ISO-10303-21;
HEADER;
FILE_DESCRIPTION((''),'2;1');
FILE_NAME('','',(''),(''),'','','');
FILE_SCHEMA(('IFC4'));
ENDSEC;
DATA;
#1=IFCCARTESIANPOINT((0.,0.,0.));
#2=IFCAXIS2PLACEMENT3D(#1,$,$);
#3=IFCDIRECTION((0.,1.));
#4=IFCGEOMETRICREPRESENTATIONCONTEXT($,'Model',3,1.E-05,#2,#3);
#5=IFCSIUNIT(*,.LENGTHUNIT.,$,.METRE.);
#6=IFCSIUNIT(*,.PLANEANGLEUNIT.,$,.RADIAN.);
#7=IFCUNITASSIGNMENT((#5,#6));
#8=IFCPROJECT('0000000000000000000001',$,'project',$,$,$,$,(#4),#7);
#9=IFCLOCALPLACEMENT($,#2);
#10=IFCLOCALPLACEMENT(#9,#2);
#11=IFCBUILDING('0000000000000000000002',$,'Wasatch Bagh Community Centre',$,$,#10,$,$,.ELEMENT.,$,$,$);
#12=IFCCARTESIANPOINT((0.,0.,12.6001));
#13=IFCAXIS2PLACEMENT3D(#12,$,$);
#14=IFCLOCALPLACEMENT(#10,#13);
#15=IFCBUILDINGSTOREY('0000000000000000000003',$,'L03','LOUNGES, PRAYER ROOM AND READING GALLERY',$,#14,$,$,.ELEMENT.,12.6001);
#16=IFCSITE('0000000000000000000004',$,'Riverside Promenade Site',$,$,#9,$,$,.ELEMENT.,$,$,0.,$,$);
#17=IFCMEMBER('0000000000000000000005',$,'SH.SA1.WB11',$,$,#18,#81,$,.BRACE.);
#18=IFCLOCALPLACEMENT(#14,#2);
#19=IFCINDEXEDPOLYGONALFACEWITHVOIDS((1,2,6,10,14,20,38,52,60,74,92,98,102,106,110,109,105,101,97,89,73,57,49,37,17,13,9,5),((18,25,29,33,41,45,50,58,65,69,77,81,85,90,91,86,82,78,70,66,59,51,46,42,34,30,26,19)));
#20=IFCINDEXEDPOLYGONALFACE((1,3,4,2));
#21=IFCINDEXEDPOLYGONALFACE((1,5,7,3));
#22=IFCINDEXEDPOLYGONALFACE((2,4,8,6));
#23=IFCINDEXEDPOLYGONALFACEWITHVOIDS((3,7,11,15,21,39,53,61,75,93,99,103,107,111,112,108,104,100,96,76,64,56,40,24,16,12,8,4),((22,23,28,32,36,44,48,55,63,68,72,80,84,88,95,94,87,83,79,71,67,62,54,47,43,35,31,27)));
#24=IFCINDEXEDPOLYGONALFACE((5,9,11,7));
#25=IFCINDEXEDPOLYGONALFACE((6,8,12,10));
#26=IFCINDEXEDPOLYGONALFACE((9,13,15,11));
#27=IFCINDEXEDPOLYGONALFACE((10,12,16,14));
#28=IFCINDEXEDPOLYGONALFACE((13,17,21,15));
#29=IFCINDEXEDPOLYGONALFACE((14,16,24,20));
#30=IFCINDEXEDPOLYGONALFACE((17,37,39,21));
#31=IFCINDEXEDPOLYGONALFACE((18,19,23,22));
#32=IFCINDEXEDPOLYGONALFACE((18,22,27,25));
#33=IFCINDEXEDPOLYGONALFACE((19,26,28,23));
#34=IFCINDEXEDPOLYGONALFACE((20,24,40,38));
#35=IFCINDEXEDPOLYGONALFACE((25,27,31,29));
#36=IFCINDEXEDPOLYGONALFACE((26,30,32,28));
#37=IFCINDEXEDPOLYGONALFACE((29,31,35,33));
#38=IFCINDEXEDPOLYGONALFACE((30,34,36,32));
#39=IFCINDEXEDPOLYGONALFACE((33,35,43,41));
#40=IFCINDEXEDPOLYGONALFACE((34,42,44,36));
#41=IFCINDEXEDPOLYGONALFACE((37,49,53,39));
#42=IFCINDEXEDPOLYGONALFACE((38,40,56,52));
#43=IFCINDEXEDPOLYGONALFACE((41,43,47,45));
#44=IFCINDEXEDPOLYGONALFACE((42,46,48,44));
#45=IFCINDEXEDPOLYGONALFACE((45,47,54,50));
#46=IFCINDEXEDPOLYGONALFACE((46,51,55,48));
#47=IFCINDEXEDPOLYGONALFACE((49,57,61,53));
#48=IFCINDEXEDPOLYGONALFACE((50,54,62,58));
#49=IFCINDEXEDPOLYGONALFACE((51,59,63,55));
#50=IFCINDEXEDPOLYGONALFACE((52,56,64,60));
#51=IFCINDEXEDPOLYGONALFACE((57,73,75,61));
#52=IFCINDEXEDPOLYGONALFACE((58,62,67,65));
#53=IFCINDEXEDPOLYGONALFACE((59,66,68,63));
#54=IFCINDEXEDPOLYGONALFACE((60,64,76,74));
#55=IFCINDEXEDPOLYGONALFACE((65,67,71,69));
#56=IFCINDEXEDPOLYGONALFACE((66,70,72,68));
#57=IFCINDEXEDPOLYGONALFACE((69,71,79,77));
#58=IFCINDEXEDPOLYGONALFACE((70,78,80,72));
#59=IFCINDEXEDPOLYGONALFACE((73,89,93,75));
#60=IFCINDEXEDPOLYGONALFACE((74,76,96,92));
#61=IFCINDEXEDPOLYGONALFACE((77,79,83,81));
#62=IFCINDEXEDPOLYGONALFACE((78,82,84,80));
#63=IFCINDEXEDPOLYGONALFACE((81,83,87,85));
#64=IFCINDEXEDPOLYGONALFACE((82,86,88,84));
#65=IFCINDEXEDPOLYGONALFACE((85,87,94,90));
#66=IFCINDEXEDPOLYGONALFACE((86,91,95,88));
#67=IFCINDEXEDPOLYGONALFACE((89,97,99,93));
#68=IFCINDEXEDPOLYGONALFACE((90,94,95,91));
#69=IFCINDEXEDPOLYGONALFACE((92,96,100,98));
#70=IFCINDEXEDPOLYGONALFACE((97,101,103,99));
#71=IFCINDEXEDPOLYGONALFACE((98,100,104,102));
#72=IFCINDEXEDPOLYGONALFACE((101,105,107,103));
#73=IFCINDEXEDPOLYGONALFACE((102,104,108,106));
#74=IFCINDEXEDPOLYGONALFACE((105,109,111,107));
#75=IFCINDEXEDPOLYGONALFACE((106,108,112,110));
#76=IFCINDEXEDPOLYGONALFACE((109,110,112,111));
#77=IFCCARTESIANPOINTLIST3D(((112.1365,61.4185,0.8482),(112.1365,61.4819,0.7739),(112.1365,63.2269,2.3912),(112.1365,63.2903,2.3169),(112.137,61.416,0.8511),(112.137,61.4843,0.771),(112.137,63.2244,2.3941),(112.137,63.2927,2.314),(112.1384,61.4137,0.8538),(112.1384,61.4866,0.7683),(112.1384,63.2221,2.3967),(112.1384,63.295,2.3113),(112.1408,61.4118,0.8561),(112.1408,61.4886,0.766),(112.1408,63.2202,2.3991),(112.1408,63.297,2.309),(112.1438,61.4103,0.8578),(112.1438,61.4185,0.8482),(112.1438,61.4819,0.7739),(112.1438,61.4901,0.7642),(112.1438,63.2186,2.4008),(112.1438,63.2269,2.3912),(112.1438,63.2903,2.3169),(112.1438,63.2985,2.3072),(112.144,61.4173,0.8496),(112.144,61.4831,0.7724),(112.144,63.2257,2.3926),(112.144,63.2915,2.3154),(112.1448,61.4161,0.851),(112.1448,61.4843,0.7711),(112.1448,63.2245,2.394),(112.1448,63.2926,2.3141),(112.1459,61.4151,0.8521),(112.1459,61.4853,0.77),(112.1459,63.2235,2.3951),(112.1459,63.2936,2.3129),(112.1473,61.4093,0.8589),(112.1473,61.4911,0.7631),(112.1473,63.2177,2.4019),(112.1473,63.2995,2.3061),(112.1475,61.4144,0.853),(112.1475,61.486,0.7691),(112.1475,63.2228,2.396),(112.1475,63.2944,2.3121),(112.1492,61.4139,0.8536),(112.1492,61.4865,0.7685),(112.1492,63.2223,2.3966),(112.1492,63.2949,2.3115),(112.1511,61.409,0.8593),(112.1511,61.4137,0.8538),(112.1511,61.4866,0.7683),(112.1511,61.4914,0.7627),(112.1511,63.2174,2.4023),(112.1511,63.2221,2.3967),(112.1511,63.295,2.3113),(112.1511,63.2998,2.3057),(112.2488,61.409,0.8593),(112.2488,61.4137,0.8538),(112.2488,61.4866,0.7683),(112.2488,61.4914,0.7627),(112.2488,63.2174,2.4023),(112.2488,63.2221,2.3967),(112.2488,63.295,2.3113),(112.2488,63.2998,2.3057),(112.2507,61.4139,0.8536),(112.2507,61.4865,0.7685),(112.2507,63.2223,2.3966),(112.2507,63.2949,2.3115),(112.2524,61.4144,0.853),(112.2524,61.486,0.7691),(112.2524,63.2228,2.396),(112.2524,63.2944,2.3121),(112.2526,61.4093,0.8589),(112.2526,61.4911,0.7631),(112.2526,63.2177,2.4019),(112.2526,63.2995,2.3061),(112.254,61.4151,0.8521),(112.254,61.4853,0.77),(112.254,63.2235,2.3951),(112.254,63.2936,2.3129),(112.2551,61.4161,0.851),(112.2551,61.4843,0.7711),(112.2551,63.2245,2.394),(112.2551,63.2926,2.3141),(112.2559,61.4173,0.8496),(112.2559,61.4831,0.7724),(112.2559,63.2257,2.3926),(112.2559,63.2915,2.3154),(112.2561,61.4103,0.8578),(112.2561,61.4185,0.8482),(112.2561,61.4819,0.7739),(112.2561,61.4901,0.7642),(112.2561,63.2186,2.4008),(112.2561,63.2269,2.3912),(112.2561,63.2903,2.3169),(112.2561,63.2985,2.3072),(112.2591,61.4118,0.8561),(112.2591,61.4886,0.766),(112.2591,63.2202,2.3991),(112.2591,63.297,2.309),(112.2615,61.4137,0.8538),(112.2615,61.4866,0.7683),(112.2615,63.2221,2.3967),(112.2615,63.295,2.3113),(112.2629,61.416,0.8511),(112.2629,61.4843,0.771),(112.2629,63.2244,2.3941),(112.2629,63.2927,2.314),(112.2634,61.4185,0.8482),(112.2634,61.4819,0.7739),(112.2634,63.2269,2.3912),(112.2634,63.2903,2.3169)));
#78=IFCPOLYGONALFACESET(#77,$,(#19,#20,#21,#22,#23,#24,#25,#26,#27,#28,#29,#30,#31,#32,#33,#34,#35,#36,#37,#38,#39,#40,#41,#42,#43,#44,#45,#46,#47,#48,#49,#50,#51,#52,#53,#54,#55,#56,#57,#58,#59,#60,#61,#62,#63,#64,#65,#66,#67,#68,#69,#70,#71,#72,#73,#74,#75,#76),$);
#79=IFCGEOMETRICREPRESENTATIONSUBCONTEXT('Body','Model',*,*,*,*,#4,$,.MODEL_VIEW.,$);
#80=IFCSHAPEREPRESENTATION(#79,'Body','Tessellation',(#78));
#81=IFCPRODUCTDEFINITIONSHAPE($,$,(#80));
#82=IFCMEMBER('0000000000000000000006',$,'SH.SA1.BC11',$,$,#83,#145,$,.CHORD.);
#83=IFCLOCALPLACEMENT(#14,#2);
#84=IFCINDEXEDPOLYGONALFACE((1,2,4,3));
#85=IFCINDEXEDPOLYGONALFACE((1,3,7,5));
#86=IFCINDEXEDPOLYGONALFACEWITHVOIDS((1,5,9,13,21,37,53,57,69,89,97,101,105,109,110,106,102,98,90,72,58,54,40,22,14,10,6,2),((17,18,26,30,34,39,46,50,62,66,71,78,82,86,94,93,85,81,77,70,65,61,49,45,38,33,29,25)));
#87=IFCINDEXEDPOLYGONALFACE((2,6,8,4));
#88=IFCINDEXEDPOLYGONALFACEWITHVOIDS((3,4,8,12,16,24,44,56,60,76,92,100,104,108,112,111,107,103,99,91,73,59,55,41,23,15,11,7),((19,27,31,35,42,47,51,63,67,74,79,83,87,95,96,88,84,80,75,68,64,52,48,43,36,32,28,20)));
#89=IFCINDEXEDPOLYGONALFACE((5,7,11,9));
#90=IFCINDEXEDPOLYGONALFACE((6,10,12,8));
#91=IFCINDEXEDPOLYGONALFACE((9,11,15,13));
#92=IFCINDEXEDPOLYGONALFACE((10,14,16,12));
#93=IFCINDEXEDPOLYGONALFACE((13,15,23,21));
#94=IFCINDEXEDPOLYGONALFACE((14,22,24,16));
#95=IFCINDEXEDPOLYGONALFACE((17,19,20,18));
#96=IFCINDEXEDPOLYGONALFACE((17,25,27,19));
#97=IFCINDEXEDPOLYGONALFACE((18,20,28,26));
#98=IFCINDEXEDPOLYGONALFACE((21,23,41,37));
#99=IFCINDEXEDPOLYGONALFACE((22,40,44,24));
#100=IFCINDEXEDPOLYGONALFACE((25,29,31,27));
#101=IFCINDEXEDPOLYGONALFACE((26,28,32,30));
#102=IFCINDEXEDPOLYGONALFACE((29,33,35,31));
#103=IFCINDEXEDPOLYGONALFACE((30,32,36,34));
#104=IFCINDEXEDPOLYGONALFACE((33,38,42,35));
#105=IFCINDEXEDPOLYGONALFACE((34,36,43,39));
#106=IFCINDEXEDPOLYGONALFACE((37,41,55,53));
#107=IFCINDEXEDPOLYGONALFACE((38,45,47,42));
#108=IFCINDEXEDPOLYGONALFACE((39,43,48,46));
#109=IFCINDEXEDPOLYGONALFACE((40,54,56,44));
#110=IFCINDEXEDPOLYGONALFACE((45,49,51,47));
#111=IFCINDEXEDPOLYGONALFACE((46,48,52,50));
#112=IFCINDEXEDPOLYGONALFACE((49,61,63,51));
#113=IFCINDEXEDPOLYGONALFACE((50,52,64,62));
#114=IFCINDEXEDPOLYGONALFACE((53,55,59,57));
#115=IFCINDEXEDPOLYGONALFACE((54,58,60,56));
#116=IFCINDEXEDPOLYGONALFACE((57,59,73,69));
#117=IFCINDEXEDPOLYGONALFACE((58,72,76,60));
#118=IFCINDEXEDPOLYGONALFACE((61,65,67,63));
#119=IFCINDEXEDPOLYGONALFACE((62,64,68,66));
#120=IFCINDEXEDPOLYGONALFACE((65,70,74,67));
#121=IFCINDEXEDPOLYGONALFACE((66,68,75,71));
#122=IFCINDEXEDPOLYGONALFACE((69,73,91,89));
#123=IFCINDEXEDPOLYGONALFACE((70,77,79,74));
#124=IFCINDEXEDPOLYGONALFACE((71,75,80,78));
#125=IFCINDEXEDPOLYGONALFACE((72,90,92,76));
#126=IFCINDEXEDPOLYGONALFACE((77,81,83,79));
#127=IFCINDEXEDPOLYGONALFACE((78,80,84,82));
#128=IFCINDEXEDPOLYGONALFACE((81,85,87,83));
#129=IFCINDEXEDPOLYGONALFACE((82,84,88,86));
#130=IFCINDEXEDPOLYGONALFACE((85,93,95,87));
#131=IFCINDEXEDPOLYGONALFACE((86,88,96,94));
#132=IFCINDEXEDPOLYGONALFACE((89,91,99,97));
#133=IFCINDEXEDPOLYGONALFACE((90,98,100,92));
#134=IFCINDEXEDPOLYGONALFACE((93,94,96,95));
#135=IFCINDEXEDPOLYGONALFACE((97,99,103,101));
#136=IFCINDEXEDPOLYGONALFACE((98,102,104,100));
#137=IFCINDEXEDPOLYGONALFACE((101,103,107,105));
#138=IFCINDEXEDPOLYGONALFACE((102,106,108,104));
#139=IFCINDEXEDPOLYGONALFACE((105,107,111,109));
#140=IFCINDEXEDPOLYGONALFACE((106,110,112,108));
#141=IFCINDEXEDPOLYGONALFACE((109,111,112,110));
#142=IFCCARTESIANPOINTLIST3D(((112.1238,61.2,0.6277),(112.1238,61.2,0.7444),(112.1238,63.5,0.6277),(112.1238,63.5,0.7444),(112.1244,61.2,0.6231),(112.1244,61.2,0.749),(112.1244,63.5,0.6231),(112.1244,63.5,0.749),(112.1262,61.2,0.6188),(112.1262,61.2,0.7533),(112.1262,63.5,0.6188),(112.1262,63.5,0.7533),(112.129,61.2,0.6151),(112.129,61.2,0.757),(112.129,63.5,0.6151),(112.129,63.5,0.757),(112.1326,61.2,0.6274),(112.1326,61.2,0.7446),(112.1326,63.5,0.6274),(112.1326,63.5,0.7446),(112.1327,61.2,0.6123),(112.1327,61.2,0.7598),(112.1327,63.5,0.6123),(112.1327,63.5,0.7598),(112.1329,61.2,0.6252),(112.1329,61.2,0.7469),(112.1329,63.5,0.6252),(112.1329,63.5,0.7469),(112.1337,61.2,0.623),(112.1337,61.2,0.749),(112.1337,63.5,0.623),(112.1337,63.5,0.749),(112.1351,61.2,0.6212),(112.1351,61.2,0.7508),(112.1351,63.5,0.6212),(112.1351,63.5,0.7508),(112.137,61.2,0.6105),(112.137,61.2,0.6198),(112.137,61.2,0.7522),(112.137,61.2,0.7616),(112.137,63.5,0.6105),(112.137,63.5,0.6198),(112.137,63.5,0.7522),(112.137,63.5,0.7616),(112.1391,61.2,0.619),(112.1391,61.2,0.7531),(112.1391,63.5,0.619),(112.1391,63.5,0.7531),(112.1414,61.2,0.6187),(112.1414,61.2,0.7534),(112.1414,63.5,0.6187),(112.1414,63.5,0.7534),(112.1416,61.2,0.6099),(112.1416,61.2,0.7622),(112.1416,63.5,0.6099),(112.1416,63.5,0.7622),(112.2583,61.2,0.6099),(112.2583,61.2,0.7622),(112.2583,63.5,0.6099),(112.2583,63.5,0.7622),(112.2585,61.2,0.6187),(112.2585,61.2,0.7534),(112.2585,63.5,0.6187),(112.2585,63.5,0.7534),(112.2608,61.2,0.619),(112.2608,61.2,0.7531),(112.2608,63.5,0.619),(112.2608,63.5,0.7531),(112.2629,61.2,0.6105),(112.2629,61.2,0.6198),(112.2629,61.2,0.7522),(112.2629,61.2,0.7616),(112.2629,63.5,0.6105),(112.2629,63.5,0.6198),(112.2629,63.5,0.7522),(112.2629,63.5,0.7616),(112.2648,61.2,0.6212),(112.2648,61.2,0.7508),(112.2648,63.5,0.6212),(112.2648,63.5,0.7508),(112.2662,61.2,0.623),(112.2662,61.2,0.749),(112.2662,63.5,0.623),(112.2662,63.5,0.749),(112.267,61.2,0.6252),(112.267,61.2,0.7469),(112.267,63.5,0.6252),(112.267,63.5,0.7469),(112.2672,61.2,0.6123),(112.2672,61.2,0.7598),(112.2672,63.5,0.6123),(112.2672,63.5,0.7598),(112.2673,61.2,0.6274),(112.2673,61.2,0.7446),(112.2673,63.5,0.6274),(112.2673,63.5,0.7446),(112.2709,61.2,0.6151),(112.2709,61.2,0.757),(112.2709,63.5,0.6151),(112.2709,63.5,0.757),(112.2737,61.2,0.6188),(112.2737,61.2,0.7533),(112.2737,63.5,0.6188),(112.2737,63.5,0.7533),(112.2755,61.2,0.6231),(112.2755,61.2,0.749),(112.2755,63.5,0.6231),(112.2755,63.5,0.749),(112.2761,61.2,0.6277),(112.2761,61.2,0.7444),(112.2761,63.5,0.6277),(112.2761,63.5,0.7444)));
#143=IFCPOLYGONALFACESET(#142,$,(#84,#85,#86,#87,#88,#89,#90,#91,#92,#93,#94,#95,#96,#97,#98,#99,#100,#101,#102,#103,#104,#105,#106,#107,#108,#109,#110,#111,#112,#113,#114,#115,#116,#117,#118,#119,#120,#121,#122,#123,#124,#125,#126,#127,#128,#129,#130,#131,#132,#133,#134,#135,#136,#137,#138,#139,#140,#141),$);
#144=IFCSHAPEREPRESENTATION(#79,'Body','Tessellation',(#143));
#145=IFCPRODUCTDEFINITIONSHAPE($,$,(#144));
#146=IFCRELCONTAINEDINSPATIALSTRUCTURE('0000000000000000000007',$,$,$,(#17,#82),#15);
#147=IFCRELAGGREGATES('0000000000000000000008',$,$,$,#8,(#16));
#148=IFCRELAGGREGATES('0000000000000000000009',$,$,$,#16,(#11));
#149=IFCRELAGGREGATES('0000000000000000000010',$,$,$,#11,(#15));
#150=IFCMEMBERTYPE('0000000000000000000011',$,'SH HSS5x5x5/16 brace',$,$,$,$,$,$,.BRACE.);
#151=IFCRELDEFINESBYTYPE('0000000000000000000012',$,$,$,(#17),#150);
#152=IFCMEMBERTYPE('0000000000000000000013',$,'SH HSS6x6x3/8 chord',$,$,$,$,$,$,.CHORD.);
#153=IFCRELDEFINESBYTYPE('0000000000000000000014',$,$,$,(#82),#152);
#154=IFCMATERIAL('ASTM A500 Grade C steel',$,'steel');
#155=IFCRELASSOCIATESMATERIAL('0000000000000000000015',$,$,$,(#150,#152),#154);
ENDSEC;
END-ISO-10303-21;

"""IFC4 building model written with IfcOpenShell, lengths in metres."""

from ifc_helpers import new_model, si_unit, direction, frame, origin, origin_2d, place, context, subcontext, project, spatial, hollow_rectangle, extrude, material, material_profile, profile_set, type_object, element, save


model = new_model("IFC4")

# Units and contexts
model_context = context("Model", 3, precision=1e-05, world=origin(), true_north=direction((0.0, 1.0)))
body_context = subcontext(model_context, "Body", "Model", "MODEL_VIEW")
ifc_project = project(units=[si_unit("LENGTHUNIT", "METRE"), si_unit("PLANEANGLEUNIT", "RADIAN")], contexts=[model_context])

# Site, building, storey
site_placement = place(None, origin())
site = spatial("IfcSite", under=ifc_project, at=site_placement, Name="Riverside Promenade Site", CompositionType="ELEMENT", RefElevation=0.0)
building_placement = place(site_placement, origin())
building = spatial("IfcBuilding", under=site, at=building_placement, Name="Wasatch Bagh Community Centre", CompositionType="ELEMENT")
storey_placement = place(building_placement, frame((0.0, 0.0, 12.6001)))
storey = spatial("IfcBuildingStorey", under=building, at=storey_placement, Name="L03", Description="LOUNGES, PRAYER ROOM AND READING GALLERY", CompositionType="ELEMENT", Elevation=12.6001)

# Members
ifc_material_1 = material(Name="ASTM A500 Grade C steel", Category="steel")
ifc_material_profile_1 = material_profile(ifc_material_1, hollow_rectangle(XDim=0.127, YDim=0.127, WallThickness=0.0073, InnerFilletRadius=0.0073, OuterFilletRadius=0.0146, at=origin_2d()), Name="HSS5x5x5/16")
ifc_profile_set_1 = profile_set([ifc_material_profile_1], Name="ASTM A500 Grade C steel")
member_type_1 = type_object("IfcMemberType", Name="SH HSS5x5x5/16 brace", PredefinedType="BRACE", material=ifc_profile_set_1)
member_1_placement = place(storey_placement, frame((112.2, 61.4502, 0.811), z_axis=(0.0, 0.760719, 0.649081), x_axis=(-1.0, 0.0, 0.0)))
element("IfcMember", 1, at=member_1_placement, inside=storey, type_object=member_type_1, Name="SH.SA1.WB11", PredefinedType="BRACE", context=body_context, shape_type="SweptSolid", body=[
    extrude(hollow_rectangle(XDim=0.127, YDim=0.127, WallThickness=0.0073, InnerFilletRadius=0.0073, OuterFilletRadius=0.0146, at=origin_2d()), origin(), (0.0, 0.0, 1.0), 2.3772),
])
ifc_material_profile_2 = material_profile(ifc_material_1, hollow_rectangle(XDim=0.1523, YDim=0.1523, WallThickness=0.0088, InnerFilletRadius=0.0088, OuterFilletRadius=0.0178, at=origin_2d()), Name="HSS6x6x3/8")
ifc_profile_set_2 = profile_set([ifc_material_profile_2], Name="ASTM A500 Grade C steel")
member_type_2 = type_object("IfcMemberType", Name="SH HSS6x6x3/8 chord", PredefinedType="CHORD", material=ifc_profile_set_2)
for number, where, z_axis, x_axis, name in (
    (2, (112.2, 61.2, 0.686), (0.0, 1.0, 0.0), (-1.0, 0.0, 0.0), "SH.SA1.BC11"),
):
    element("IfcMember", number, at=place(storey_placement, frame(where, z_axis=z_axis, x_axis=x_axis)), inside=storey, type_object=member_type_2, Name=name, PredefinedType="CHORD", context=body_context, shape_type="SweptSolid", body=[
        extrude(hollow_rectangle(XDim=0.1523, YDim=0.1523, WallThickness=0.0088, InnerFilletRadius=0.0088, OuterFilletRadius=0.0178, at=origin_2d()), origin(), (0.0, 0.0, 1.0), 2.3),
    ])

save(model, "model.ifc")
